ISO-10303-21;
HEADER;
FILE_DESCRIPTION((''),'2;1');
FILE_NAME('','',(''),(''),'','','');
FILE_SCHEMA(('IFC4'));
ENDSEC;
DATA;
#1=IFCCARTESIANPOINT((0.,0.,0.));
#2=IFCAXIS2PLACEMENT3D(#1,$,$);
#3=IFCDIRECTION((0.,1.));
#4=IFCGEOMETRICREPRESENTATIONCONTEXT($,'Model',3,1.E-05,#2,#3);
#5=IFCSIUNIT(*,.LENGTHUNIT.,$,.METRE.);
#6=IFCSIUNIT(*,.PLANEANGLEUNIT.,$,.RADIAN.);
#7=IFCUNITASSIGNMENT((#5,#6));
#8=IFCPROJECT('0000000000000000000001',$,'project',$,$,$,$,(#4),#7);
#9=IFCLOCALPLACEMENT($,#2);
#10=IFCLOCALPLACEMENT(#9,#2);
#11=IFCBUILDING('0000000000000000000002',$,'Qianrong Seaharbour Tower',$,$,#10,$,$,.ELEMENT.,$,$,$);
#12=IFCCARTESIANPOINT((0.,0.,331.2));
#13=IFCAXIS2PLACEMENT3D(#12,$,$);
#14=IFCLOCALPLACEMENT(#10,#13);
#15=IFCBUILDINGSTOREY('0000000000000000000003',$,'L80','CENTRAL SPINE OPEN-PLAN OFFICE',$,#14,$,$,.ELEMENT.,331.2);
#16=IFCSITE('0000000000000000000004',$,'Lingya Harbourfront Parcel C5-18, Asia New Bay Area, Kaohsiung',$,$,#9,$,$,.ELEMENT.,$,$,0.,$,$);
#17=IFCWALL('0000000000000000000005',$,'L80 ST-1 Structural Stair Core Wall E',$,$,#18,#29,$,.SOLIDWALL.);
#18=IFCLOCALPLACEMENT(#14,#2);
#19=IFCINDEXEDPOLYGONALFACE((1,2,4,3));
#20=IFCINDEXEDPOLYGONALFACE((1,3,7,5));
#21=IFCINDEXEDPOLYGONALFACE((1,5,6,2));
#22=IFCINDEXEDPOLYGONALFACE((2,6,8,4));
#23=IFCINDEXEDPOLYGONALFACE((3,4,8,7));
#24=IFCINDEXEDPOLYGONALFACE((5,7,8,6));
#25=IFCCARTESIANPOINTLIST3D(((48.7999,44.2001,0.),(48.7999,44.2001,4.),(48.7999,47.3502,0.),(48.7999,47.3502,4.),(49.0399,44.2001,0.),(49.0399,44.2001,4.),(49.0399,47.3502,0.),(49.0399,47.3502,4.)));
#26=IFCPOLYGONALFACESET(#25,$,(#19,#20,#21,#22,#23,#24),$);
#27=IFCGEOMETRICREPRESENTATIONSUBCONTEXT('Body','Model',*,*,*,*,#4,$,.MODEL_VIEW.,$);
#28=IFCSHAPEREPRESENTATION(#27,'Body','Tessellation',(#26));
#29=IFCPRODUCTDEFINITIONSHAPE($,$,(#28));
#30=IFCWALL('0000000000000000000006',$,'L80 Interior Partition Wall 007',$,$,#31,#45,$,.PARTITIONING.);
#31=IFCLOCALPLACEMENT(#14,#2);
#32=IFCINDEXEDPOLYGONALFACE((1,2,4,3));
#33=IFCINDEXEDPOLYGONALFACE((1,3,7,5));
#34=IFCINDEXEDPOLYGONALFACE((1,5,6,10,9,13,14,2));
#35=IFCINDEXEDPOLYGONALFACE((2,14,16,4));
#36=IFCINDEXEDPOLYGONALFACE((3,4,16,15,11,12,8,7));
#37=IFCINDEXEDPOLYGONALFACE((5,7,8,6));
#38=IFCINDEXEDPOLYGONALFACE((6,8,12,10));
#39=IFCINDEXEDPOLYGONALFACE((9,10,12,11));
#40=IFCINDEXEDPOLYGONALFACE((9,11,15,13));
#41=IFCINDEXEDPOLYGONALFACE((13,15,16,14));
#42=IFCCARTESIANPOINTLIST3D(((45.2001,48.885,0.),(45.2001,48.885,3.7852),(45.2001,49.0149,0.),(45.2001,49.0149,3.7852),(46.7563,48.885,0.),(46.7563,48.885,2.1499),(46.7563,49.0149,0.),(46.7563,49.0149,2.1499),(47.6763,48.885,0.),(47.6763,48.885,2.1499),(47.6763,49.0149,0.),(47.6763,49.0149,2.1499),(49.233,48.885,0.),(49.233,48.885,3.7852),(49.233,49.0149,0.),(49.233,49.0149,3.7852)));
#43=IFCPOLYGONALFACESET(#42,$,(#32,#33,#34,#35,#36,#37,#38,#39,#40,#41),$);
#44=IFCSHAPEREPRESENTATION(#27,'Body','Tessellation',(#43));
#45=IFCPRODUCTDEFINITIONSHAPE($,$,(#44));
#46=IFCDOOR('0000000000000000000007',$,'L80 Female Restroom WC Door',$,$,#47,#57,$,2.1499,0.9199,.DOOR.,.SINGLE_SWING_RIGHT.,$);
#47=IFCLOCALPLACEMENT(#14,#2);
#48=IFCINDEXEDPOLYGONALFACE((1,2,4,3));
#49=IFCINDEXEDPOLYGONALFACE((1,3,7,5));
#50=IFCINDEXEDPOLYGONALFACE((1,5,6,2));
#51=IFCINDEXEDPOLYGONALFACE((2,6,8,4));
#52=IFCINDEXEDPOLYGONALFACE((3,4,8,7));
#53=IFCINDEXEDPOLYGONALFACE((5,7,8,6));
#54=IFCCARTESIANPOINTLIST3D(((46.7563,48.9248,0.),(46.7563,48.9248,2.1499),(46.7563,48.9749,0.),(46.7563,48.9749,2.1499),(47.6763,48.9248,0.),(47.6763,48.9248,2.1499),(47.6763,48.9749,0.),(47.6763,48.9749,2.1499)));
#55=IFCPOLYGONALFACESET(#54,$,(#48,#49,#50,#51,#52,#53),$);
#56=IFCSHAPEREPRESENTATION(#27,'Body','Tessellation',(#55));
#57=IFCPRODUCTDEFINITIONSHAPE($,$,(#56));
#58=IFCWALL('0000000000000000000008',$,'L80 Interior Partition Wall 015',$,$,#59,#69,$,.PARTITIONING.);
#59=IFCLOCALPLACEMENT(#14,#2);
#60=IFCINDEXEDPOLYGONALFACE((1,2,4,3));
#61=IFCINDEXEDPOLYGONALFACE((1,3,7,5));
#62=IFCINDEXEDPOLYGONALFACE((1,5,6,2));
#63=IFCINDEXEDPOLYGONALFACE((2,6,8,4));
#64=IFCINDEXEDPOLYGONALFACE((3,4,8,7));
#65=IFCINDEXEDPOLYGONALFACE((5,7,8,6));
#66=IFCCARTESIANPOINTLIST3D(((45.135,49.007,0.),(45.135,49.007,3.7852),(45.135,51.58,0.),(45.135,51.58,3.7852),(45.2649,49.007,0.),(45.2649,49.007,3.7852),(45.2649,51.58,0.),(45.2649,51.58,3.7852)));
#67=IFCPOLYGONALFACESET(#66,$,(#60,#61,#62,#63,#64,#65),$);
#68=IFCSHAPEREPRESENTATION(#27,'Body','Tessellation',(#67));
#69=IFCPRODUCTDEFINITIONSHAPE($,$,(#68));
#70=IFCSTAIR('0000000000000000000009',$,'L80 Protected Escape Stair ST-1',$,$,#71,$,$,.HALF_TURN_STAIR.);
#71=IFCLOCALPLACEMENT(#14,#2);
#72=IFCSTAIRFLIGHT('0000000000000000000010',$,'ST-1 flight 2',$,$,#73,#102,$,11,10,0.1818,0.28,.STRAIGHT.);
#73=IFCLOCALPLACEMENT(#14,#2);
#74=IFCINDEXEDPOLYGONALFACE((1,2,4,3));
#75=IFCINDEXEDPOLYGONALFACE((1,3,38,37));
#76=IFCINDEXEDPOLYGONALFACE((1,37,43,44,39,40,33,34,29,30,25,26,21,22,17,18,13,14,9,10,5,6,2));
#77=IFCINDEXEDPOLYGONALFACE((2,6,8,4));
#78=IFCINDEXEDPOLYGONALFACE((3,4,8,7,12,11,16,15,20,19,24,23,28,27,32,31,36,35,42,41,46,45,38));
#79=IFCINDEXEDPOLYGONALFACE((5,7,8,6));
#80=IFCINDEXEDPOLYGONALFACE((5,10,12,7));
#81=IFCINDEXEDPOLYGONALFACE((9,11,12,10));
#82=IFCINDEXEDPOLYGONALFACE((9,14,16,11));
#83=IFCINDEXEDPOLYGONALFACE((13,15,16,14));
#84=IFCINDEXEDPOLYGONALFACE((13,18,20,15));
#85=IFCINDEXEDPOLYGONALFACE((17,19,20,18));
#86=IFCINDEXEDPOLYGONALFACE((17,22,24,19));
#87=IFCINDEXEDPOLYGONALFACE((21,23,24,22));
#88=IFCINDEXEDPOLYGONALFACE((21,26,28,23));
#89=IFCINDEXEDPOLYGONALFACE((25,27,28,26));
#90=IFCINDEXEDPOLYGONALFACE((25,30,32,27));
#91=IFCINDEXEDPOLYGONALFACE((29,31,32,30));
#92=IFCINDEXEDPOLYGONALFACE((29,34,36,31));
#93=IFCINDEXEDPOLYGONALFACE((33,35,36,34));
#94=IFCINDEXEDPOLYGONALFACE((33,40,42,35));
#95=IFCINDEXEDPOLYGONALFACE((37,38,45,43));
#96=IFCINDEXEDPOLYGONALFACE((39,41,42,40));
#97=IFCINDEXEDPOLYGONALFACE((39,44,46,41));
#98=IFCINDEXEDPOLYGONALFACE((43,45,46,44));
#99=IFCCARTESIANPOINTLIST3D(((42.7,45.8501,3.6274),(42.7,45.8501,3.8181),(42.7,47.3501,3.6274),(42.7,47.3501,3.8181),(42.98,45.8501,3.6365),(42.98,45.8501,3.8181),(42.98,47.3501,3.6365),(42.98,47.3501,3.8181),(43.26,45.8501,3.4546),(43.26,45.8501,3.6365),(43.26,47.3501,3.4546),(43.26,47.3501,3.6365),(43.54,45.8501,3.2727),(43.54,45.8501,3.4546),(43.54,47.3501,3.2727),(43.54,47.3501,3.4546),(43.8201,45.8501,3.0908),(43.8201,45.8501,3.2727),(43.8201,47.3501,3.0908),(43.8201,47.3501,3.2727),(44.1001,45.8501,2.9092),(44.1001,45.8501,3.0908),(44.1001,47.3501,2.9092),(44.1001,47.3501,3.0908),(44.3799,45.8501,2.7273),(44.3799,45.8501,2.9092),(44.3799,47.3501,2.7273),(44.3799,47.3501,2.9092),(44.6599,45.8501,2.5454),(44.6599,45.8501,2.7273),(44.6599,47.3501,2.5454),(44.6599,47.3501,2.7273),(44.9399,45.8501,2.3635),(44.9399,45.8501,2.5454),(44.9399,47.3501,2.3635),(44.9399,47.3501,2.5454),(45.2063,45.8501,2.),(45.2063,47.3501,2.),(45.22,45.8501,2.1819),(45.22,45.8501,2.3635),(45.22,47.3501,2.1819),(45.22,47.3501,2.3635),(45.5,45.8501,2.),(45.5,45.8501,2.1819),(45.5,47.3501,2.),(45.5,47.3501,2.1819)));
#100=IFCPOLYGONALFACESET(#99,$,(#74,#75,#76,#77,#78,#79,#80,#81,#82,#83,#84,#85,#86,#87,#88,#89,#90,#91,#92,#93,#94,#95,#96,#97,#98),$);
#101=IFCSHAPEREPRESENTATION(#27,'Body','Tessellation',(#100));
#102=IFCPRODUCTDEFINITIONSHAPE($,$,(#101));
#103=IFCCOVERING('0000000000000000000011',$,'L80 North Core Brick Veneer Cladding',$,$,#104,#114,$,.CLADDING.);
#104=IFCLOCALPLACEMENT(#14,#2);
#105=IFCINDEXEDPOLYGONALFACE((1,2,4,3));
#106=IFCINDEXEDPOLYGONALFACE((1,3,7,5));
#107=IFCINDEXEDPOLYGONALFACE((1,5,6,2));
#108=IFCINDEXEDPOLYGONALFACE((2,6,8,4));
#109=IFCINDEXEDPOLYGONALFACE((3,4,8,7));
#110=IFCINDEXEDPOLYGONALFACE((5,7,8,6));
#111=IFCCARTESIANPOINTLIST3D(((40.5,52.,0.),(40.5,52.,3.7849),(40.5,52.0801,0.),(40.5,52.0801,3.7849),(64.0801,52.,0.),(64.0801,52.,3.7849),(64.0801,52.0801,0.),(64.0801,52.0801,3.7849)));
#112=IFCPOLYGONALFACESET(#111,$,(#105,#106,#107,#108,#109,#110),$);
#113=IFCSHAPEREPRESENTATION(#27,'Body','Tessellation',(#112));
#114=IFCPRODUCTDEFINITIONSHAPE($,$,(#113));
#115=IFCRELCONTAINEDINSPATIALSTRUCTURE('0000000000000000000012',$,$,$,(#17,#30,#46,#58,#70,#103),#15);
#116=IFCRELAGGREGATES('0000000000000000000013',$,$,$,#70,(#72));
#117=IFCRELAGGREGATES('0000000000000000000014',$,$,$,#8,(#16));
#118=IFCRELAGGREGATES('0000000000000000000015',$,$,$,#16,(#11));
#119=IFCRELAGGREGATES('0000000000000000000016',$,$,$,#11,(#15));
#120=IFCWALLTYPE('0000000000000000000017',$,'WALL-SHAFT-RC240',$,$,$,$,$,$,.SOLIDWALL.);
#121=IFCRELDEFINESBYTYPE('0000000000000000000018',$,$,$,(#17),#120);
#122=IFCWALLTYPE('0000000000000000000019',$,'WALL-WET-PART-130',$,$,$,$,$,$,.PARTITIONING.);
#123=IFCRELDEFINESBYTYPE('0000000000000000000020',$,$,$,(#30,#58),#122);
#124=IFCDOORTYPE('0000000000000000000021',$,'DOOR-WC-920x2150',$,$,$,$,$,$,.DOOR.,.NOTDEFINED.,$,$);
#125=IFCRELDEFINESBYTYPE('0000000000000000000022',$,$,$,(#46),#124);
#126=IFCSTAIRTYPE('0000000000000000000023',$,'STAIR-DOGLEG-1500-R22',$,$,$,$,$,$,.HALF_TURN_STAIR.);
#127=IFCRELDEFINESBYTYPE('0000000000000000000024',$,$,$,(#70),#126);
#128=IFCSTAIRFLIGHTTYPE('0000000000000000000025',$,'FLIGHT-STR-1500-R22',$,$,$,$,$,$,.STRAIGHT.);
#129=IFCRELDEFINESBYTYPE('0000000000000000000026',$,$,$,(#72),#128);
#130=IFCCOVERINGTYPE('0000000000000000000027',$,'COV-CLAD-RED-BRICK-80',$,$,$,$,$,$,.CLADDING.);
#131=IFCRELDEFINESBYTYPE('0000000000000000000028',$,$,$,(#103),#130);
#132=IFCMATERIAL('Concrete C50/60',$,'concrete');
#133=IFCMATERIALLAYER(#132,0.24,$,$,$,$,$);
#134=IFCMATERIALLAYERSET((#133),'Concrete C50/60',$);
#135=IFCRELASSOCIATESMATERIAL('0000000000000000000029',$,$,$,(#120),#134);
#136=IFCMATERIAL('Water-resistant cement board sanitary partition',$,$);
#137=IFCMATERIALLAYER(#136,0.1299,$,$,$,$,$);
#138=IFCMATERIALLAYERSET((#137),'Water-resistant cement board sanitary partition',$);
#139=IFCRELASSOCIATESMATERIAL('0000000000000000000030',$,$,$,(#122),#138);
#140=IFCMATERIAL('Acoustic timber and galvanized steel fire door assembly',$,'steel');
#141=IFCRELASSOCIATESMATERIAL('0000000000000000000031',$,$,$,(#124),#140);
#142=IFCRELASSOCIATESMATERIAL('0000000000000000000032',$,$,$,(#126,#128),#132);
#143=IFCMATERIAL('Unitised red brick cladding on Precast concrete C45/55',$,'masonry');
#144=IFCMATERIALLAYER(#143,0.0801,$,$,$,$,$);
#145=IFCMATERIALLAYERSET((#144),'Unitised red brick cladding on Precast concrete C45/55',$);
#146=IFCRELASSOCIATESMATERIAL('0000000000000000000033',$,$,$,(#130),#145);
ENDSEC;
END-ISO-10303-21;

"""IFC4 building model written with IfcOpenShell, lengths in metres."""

from ifc_helpers import new_model, si_unit, direction, frame, frame_2d, origin, origin_2d, place, context, subcontext, project, spatial, polyline, rectangle, outline, extrude, material, layer, layer_set, type_object, element, fill, aggregate, save


model = new_model("IFC4")

# Units and contexts
model_context = context("Model", 3, precision=1e-05, world=origin(), true_north=direction((0.0, 1.0)))
body_context = subcontext(model_context, "Body", "Model", "MODEL_VIEW")
ifc_project = project(units=[si_unit("LENGTHUNIT", "METRE"), si_unit("PLANEANGLEUNIT", "RADIAN")], contexts=[model_context])

# Site, building, storey
site_placement = place(None, origin())
site = spatial("IfcSite", under=ifc_project, at=site_placement, Name="Lingya Harbourfront Parcel C5-18, Asia New Bay Area, Kaohsiung", CompositionType="ELEMENT", RefElevation=0.0)
building_placement = place(site_placement, origin())
building = spatial("IfcBuilding", under=site, at=building_placement, Name="Qianrong Seaharbour Tower", CompositionType="ELEMENT")
storey_placement = place(building_placement, frame((0.0, 0.0, 331.2)))
storey = spatial("IfcBuildingStorey", under=building, at=storey_placement, Name="L80", Description="CENTRAL SPINE OPEN-PLAN OFFICE", CompositionType="ELEMENT", Elevation=331.2)

# Shared definitions
ifc_material_1 = material(Name="Concrete C50/60", Category="concrete")

# Shared definitions
ifc_material_2 = material(Name="Acoustic timber and galvanized steel fire door assembly", Category="steel")

# Wall
ifc_layer_1 = layer(ifc_material_1, 0.24)
ifc_layer_set_1 = layer_set([ifc_layer_1], Name="Concrete C50/60")
wall_type_1 = type_object("IfcWallType", Name="WALL-SHAFT-RC240", PredefinedType="SOLIDWALL", material=ifc_layer_set_1)
wall_1_placement = place(storey_placement, frame((48.9199, 44.2, 0.0), z_axis=(0.0, 0.0, 1.0), x_axis=(0.0, 1.0, 0.0)))
element("IfcWall", 1, at=wall_1_placement, inside=storey, type_object=wall_type_1, Name="L80 ST-1 Structural Stair Core Wall E", PredefinedType="SOLIDWALL", context=body_context, shape_type="SweptSolid", body=[
    extrude(rectangle(XDim=3.1501, YDim=0.24, at=frame_2d((1.5752, 0.0))), origin(), (0.0, 0.0, 1.0), 4.0),
])

# Wall, opening, door
ifc_material_3 = material(Name="Water-resistant cement board sanitary partition")
ifc_layer_2 = layer(ifc_material_3, 0.1299)
ifc_layer_set_2 = layer_set([ifc_layer_2], Name="Water-resistant cement board sanitary partition")
wall_type_2 = type_object("IfcWallType", Name="WALL-WET-PART-130", PredefinedType="PARTITIONING", material=ifc_layer_set_2)
wall_2_placement = place(storey_placement, frame((45.2, 48.95, 0.0), z_axis=(0.0, 0.0, 1.0), x_axis=(1.0, 0.0, 0.0)))
wall_2 = element("IfcWall", 2, at=wall_2_placement, inside=storey, type_object=wall_type_2, Name="L80 Interior Partition Wall 007", PredefinedType="PARTITIONING", context=body_context, shape_type="SweptSolid", body=[
    extrude(rectangle(XDim=4.033, YDim=0.1299, at=frame_2d((2.0166, 0.0))), origin(), (0.0, 0.0, 1.0), 3.7852),
])
opening_1_placement = place(wall_2_placement, frame((1.5564, 0.0, 0.0)))
opening_1 = element("IfcOpeningElement", 3, at=opening_1_placement, cuts=wall_2, PredefinedType="OPENING", context=body_context, shape_type="SweptSolid", body=[
    extrude(rectangle(XDim=0.9199, YDim=2.1499, at=frame_2d((0.46, 1.075))), frame((0.0, 0.075, 0.0), z_axis=(0.0, -1.0, 0.0), x_axis=(1.0, 0.0, 0.0)), (0.0, 0.0, 1.0), 0.1499),
])
door_type_1 = type_object("IfcDoorType", Name="DOOR-WC-920x2150", OperationType="NOTDEFINED", PredefinedType="DOOR", material=ifc_material_2)
door_1_placement = place(opening_1_placement, origin())
door_1 = element("IfcDoor", 4, at=door_1_placement, inside=storey, type_object=door_type_1, Name="L80 Female Restroom WC Door", OperationType="SINGLE_SWING_RIGHT", OverallHeight=2.1499, OverallWidth=0.9199, PredefinedType="DOOR", context=body_context, shape_type="SweptSolid", body=[
    extrude(rectangle(XDim=0.9199, YDim=2.1499, at=frame_2d((0.46, 1.075))), frame((0.0, 0.0249, 0.0), z_axis=(0.0, -1.0, 0.0), x_axis=(1.0, 0.0, 0.0)), (0.0, 0.0, 1.0), 0.05),
])
fill(opening_1, door_1)

# Wall
wall_3_placement = place(storey_placement, frame((45.2, 51.5801, 0.0), z_axis=(0.0, 0.0, 1.0), x_axis=(0.0, -1.0, 0.0)))
element("IfcWall", 5, at=wall_3_placement, inside=storey, type_object=wall_type_2, Name="L80 Interior Partition Wall 015", PredefinedType="PARTITIONING", context=body_context, shape_type="SweptSolid", body=[
    extrude(rectangle(XDim=2.573, YDim=0.1299, at=frame_2d((1.2866, 0.0))), origin(), (0.0, 0.0, 1.0), 3.7852),
])

# Stair, stair flight
stair_type = type_object("IfcStairType", Name="STAIR-DOGLEG-1500-R22", PredefinedType="HALF_TURN_STAIR", material=ifc_material_1)
stair_placement = place(storey_placement, origin())
stair = element("IfcStair", 6, at=stair_placement, inside=storey, type_object=stair_type, Name="L80 Protected Escape Stair ST-1", PredefinedType="HALF_TURN_STAIR")
stair_flight_type = type_object("IfcStairFlightType", Name="FLIGHT-STR-1500-R22", PredefinedType="STRAIGHT", material=ifc_material_1)
stair_flight_placement = place(storey_placement, frame((45.5, 46.6001, 2.0), z_axis=(0.0, 0.0, 1.0), x_axis=(-1.0, 0.0, 0.0)))
stair_flight = element("IfcStairFlight", 7, at=stair_flight_placement, type_object=stair_flight_type, Name="ST-1 flight 2", NumberOfRisers=11, NumberOfTreads=10, PredefinedType="STRAIGHT", RiserHeight=0.1818, TreadLength=0.28, context=body_context, shape_type="SweptSolid", body=[
    extrude(outline(polyline([(0.0, 0.0), (0.0, 0.1819), (0.28, 0.1819), (0.28, 0.3635), (0.5601, 0.3635), (0.5601, 0.5454), (0.8401, 0.5454), (0.8401, 0.7273), (1.1201, 0.7273), (1.1201, 0.9092), (1.3999, 0.9092), (1.3999, 1.0908), (1.6799, 1.0908), (1.6799, 1.2727), (1.96, 1.2727), (1.96, 1.4546), (2.24, 1.4546), (2.24, 1.6365), (2.52, 1.6365), (2.52, 1.8181), (2.8, 1.8181), (2.8, 2.0), (2.8, 1.6274), (0.2937, 0.0), (0.0, 0.0)])), frame((0.0, 0.75, 0.0), z_axis=(0.0, -1.0, 0.0), x_axis=(1.0, 0.0, 0.0)), (0.0, 0.0, 1.0), 1.5),
])
aggregate(stair, [stair_flight])

# Covering
ifc_material_4 = material(Name="Unitised red brick cladding on Precast concrete C45/55", Category="masonry")
ifc_layer_3 = layer(ifc_material_4, 0.0801)
ifc_layer_set_3 = layer_set([ifc_layer_3], Name="Unitised red brick cladding on Precast concrete C45/55")
covering_type = type_object("IfcCoveringType", Name="COV-CLAD-RED-BRICK-80", PredefinedType="CLADDING", material=ifc_layer_set_3)
covering_placement = place(storey_placement, frame((52.29, 52.04, 0.0), z_axis=(0.0, 0.0, 1.0), x_axis=(1.0, 0.0, 0.0)))
element("IfcCovering", 8, at=covering_placement, inside=storey, type_object=covering_type, Name="L80 North Core Brick Veneer Cladding", PredefinedType="CLADDING", context=body_context, shape_type="SweptSolid", body=[
    extrude(rectangle(XDim=23.5801, YDim=0.0801, at=origin_2d()), origin(), (0.0, 0.0, 1.0), 3.7849),
])

save(model, "model.ifc")
